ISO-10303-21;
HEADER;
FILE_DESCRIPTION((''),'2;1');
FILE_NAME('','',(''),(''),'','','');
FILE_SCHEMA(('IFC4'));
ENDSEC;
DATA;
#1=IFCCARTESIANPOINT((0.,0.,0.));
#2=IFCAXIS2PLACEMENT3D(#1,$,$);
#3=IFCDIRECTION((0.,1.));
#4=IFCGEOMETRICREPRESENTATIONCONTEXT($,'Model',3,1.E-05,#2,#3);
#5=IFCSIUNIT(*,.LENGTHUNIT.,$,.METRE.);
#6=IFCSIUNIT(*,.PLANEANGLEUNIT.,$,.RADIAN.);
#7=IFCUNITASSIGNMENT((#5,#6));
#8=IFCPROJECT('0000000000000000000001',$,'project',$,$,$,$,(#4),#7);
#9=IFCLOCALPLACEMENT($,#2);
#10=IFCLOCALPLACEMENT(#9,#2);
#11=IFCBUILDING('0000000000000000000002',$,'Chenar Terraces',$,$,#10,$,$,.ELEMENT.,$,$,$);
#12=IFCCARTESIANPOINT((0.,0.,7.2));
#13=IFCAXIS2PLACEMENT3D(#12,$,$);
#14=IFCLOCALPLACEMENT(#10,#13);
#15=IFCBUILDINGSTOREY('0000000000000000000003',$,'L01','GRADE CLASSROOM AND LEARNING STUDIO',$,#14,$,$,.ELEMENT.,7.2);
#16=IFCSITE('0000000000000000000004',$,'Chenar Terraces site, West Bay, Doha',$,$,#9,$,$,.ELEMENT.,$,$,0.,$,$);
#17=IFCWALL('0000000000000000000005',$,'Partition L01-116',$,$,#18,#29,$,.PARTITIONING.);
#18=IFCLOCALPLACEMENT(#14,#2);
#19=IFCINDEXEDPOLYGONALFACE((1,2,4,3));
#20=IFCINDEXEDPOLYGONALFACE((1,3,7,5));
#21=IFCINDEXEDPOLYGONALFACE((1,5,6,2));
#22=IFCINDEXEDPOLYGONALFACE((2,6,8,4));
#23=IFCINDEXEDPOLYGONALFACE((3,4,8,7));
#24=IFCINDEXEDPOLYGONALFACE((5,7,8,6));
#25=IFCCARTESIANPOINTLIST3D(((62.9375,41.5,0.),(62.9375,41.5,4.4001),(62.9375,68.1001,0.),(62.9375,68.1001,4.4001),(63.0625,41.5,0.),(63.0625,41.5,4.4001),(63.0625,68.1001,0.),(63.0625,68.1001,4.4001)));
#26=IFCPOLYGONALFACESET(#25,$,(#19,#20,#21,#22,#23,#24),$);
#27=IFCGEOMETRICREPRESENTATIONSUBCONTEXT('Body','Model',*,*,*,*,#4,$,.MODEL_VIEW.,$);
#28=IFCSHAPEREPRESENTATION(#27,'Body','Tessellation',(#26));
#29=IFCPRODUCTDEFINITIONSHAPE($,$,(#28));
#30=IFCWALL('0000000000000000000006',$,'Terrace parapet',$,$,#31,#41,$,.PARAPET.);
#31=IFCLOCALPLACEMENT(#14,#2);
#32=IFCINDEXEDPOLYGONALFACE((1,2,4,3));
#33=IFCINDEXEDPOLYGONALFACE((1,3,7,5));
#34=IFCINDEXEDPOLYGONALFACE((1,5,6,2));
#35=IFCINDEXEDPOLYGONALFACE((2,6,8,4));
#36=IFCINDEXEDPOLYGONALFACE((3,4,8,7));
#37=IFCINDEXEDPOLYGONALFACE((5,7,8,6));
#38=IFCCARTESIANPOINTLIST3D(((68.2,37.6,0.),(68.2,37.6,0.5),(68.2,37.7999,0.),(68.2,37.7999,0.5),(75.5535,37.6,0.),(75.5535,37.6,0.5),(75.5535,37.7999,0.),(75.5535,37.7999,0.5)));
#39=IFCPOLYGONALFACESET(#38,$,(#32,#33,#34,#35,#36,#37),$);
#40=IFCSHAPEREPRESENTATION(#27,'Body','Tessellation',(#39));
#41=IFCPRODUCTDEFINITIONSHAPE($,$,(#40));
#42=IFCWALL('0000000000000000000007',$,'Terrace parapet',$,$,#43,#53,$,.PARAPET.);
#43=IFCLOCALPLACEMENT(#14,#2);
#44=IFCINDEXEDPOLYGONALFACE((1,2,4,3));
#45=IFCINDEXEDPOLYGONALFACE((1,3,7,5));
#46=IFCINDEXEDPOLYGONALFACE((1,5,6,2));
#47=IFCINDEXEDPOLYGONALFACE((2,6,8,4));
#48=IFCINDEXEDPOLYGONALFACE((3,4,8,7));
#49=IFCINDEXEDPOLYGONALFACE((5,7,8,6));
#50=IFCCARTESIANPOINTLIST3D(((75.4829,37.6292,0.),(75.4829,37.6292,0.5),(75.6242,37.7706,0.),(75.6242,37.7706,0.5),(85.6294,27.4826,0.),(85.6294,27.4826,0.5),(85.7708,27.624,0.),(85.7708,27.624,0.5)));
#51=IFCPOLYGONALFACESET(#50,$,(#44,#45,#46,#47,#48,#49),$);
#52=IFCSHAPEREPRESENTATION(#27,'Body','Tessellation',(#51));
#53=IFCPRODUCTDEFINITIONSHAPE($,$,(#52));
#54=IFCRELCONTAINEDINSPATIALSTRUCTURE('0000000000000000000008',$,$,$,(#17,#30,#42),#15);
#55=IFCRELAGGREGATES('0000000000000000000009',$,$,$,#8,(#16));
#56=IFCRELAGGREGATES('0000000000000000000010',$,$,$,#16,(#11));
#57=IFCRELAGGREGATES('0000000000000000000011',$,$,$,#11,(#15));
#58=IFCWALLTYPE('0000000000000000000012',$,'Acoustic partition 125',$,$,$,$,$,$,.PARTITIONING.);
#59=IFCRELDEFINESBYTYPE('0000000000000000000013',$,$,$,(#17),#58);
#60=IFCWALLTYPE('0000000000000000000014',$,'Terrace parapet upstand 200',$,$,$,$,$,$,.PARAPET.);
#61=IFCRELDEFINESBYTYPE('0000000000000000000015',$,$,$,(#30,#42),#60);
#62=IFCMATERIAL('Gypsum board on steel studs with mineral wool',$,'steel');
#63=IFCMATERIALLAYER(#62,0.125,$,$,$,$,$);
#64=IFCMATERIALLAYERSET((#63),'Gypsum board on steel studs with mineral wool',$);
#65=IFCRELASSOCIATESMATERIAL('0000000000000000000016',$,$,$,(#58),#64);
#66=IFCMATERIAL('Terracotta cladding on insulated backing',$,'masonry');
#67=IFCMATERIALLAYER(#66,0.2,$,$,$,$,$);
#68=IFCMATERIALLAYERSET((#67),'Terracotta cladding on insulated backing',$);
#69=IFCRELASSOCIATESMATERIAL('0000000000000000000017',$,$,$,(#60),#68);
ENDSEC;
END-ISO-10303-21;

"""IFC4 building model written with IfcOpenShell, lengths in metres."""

from ifc_helpers import new_model, si_unit, direction, frame, frame_2d, origin, place, context, subcontext, project, spatial, rectangle, extrude, material, layer, layer_set, type_object, element, save


model = new_model("IFC4")

# Units and contexts
model_context = context("Model", 3, precision=1e-05, world=origin(), true_north=direction((0.0, 1.0)))
body_context = subcontext(model_context, "Body", "Model", "MODEL_VIEW")
ifc_project = project(units=[si_unit("LENGTHUNIT", "METRE"), si_unit("PLANEANGLEUNIT", "RADIAN")], contexts=[model_context])

# Site, building, storey
site_placement = place(None, origin())
site = spatial("IfcSite", under=ifc_project, at=site_placement, Name="Chenar Terraces site, West Bay, Doha", CompositionType="ELEMENT", RefElevation=0.0)
building_placement = place(site_placement, origin())
building = spatial("IfcBuilding", under=site, at=building_placement, Name="Chenar Terraces", CompositionType="ELEMENT")
storey_placement = place(building_placement, frame((0.0, 0.0, 7.2)))
storey = spatial("IfcBuildingStorey", under=building, at=storey_placement, Name="L01", Description="GRADE CLASSROOM AND LEARNING STUDIO", CompositionType="ELEMENT", Elevation=7.2)

# Wall
ifc_material_1 = material(Name="Gypsum board on steel studs with mineral wool", Category="steel")
ifc_layer_1 = layer(ifc_material_1, 0.125)
ifc_layer_set_1 = layer_set([ifc_layer_1], Name="Gypsum board on steel studs with mineral wool")
wall_type_1 = type_object("IfcWallType", Name="Acoustic partition 125", PredefinedType="PARTITIONING", material=ifc_layer_set_1)
for number, where, z_axis, x_axis, name in (
    (1, (63.0, 41.5, 0.0), (0.0, 0.0, 1.0), (0.0, 1.0, 0.0), "Partition L01-116"),
):
    element("IfcWall", number, at=place(storey_placement, frame(where, z_axis=z_axis, x_axis=x_axis)), inside=storey, type_object=wall_type_1, Name=name, PredefinedType="PARTITIONING", context=body_context, shape_type="SweptSolid", body=[
        extrude(rectangle(XDim=26.6001, YDim=0.125, at=frame_2d((13.3, 0.0))), origin(), (0.0, 0.0, 1.0), 4.4001),
    ])

# Walls
ifc_material_2 = material(Name="Terracotta cladding on insulated backing", Category="masonry")
ifc_layer_2 = layer(ifc_material_2, 0.2)
ifc_layer_set_2 = layer_set([ifc_layer_2], Name="Terracotta cladding on insulated backing")
wall_type_2 = type_object("IfcWallType", Name="Terrace parapet upstand 200", PredefinedType="PARAPET", material=ifc_layer_set_2)
wall_1_placement = place(storey_placement, frame((68.2, 37.7, 0.0), z_axis=(0.0, 0.0, 1.0), x_axis=(1.0, 0.0, 0.0)))
element("IfcWall", 2, at=wall_1_placement, inside=storey, type_object=wall_type_2, Name="Terrace parapet", PredefinedType="PARAPET", context=body_context, shape_type="SweptSolid", body=[
    extrude(rectangle(XDim=7.3535, YDim=0.2, at=frame_2d((3.6768, 0.0))), origin(), (0.0, 0.0, 1.0), 0.5),
])
wall_2_placement = place(storey_placement, frame((75.5535, 37.7, 0.0), z_axis=(0.0, 0.0, 1.0), x_axis=(0.707107, -0.707107, 0.0)))
element("IfcWall", 3, at=wall_2_placement, inside=storey, type_object=wall_type_2, Name="Terrace parapet", PredefinedType="PARAPET", context=body_context, shape_type="SweptSolid", body=[
    extrude(rectangle(XDim=14.3494, YDim=0.2, at=frame_2d((7.1748, 0.0))), origin(), (0.0, 0.0, 1.0), 0.5),
])

save(model, "model.ifc")
